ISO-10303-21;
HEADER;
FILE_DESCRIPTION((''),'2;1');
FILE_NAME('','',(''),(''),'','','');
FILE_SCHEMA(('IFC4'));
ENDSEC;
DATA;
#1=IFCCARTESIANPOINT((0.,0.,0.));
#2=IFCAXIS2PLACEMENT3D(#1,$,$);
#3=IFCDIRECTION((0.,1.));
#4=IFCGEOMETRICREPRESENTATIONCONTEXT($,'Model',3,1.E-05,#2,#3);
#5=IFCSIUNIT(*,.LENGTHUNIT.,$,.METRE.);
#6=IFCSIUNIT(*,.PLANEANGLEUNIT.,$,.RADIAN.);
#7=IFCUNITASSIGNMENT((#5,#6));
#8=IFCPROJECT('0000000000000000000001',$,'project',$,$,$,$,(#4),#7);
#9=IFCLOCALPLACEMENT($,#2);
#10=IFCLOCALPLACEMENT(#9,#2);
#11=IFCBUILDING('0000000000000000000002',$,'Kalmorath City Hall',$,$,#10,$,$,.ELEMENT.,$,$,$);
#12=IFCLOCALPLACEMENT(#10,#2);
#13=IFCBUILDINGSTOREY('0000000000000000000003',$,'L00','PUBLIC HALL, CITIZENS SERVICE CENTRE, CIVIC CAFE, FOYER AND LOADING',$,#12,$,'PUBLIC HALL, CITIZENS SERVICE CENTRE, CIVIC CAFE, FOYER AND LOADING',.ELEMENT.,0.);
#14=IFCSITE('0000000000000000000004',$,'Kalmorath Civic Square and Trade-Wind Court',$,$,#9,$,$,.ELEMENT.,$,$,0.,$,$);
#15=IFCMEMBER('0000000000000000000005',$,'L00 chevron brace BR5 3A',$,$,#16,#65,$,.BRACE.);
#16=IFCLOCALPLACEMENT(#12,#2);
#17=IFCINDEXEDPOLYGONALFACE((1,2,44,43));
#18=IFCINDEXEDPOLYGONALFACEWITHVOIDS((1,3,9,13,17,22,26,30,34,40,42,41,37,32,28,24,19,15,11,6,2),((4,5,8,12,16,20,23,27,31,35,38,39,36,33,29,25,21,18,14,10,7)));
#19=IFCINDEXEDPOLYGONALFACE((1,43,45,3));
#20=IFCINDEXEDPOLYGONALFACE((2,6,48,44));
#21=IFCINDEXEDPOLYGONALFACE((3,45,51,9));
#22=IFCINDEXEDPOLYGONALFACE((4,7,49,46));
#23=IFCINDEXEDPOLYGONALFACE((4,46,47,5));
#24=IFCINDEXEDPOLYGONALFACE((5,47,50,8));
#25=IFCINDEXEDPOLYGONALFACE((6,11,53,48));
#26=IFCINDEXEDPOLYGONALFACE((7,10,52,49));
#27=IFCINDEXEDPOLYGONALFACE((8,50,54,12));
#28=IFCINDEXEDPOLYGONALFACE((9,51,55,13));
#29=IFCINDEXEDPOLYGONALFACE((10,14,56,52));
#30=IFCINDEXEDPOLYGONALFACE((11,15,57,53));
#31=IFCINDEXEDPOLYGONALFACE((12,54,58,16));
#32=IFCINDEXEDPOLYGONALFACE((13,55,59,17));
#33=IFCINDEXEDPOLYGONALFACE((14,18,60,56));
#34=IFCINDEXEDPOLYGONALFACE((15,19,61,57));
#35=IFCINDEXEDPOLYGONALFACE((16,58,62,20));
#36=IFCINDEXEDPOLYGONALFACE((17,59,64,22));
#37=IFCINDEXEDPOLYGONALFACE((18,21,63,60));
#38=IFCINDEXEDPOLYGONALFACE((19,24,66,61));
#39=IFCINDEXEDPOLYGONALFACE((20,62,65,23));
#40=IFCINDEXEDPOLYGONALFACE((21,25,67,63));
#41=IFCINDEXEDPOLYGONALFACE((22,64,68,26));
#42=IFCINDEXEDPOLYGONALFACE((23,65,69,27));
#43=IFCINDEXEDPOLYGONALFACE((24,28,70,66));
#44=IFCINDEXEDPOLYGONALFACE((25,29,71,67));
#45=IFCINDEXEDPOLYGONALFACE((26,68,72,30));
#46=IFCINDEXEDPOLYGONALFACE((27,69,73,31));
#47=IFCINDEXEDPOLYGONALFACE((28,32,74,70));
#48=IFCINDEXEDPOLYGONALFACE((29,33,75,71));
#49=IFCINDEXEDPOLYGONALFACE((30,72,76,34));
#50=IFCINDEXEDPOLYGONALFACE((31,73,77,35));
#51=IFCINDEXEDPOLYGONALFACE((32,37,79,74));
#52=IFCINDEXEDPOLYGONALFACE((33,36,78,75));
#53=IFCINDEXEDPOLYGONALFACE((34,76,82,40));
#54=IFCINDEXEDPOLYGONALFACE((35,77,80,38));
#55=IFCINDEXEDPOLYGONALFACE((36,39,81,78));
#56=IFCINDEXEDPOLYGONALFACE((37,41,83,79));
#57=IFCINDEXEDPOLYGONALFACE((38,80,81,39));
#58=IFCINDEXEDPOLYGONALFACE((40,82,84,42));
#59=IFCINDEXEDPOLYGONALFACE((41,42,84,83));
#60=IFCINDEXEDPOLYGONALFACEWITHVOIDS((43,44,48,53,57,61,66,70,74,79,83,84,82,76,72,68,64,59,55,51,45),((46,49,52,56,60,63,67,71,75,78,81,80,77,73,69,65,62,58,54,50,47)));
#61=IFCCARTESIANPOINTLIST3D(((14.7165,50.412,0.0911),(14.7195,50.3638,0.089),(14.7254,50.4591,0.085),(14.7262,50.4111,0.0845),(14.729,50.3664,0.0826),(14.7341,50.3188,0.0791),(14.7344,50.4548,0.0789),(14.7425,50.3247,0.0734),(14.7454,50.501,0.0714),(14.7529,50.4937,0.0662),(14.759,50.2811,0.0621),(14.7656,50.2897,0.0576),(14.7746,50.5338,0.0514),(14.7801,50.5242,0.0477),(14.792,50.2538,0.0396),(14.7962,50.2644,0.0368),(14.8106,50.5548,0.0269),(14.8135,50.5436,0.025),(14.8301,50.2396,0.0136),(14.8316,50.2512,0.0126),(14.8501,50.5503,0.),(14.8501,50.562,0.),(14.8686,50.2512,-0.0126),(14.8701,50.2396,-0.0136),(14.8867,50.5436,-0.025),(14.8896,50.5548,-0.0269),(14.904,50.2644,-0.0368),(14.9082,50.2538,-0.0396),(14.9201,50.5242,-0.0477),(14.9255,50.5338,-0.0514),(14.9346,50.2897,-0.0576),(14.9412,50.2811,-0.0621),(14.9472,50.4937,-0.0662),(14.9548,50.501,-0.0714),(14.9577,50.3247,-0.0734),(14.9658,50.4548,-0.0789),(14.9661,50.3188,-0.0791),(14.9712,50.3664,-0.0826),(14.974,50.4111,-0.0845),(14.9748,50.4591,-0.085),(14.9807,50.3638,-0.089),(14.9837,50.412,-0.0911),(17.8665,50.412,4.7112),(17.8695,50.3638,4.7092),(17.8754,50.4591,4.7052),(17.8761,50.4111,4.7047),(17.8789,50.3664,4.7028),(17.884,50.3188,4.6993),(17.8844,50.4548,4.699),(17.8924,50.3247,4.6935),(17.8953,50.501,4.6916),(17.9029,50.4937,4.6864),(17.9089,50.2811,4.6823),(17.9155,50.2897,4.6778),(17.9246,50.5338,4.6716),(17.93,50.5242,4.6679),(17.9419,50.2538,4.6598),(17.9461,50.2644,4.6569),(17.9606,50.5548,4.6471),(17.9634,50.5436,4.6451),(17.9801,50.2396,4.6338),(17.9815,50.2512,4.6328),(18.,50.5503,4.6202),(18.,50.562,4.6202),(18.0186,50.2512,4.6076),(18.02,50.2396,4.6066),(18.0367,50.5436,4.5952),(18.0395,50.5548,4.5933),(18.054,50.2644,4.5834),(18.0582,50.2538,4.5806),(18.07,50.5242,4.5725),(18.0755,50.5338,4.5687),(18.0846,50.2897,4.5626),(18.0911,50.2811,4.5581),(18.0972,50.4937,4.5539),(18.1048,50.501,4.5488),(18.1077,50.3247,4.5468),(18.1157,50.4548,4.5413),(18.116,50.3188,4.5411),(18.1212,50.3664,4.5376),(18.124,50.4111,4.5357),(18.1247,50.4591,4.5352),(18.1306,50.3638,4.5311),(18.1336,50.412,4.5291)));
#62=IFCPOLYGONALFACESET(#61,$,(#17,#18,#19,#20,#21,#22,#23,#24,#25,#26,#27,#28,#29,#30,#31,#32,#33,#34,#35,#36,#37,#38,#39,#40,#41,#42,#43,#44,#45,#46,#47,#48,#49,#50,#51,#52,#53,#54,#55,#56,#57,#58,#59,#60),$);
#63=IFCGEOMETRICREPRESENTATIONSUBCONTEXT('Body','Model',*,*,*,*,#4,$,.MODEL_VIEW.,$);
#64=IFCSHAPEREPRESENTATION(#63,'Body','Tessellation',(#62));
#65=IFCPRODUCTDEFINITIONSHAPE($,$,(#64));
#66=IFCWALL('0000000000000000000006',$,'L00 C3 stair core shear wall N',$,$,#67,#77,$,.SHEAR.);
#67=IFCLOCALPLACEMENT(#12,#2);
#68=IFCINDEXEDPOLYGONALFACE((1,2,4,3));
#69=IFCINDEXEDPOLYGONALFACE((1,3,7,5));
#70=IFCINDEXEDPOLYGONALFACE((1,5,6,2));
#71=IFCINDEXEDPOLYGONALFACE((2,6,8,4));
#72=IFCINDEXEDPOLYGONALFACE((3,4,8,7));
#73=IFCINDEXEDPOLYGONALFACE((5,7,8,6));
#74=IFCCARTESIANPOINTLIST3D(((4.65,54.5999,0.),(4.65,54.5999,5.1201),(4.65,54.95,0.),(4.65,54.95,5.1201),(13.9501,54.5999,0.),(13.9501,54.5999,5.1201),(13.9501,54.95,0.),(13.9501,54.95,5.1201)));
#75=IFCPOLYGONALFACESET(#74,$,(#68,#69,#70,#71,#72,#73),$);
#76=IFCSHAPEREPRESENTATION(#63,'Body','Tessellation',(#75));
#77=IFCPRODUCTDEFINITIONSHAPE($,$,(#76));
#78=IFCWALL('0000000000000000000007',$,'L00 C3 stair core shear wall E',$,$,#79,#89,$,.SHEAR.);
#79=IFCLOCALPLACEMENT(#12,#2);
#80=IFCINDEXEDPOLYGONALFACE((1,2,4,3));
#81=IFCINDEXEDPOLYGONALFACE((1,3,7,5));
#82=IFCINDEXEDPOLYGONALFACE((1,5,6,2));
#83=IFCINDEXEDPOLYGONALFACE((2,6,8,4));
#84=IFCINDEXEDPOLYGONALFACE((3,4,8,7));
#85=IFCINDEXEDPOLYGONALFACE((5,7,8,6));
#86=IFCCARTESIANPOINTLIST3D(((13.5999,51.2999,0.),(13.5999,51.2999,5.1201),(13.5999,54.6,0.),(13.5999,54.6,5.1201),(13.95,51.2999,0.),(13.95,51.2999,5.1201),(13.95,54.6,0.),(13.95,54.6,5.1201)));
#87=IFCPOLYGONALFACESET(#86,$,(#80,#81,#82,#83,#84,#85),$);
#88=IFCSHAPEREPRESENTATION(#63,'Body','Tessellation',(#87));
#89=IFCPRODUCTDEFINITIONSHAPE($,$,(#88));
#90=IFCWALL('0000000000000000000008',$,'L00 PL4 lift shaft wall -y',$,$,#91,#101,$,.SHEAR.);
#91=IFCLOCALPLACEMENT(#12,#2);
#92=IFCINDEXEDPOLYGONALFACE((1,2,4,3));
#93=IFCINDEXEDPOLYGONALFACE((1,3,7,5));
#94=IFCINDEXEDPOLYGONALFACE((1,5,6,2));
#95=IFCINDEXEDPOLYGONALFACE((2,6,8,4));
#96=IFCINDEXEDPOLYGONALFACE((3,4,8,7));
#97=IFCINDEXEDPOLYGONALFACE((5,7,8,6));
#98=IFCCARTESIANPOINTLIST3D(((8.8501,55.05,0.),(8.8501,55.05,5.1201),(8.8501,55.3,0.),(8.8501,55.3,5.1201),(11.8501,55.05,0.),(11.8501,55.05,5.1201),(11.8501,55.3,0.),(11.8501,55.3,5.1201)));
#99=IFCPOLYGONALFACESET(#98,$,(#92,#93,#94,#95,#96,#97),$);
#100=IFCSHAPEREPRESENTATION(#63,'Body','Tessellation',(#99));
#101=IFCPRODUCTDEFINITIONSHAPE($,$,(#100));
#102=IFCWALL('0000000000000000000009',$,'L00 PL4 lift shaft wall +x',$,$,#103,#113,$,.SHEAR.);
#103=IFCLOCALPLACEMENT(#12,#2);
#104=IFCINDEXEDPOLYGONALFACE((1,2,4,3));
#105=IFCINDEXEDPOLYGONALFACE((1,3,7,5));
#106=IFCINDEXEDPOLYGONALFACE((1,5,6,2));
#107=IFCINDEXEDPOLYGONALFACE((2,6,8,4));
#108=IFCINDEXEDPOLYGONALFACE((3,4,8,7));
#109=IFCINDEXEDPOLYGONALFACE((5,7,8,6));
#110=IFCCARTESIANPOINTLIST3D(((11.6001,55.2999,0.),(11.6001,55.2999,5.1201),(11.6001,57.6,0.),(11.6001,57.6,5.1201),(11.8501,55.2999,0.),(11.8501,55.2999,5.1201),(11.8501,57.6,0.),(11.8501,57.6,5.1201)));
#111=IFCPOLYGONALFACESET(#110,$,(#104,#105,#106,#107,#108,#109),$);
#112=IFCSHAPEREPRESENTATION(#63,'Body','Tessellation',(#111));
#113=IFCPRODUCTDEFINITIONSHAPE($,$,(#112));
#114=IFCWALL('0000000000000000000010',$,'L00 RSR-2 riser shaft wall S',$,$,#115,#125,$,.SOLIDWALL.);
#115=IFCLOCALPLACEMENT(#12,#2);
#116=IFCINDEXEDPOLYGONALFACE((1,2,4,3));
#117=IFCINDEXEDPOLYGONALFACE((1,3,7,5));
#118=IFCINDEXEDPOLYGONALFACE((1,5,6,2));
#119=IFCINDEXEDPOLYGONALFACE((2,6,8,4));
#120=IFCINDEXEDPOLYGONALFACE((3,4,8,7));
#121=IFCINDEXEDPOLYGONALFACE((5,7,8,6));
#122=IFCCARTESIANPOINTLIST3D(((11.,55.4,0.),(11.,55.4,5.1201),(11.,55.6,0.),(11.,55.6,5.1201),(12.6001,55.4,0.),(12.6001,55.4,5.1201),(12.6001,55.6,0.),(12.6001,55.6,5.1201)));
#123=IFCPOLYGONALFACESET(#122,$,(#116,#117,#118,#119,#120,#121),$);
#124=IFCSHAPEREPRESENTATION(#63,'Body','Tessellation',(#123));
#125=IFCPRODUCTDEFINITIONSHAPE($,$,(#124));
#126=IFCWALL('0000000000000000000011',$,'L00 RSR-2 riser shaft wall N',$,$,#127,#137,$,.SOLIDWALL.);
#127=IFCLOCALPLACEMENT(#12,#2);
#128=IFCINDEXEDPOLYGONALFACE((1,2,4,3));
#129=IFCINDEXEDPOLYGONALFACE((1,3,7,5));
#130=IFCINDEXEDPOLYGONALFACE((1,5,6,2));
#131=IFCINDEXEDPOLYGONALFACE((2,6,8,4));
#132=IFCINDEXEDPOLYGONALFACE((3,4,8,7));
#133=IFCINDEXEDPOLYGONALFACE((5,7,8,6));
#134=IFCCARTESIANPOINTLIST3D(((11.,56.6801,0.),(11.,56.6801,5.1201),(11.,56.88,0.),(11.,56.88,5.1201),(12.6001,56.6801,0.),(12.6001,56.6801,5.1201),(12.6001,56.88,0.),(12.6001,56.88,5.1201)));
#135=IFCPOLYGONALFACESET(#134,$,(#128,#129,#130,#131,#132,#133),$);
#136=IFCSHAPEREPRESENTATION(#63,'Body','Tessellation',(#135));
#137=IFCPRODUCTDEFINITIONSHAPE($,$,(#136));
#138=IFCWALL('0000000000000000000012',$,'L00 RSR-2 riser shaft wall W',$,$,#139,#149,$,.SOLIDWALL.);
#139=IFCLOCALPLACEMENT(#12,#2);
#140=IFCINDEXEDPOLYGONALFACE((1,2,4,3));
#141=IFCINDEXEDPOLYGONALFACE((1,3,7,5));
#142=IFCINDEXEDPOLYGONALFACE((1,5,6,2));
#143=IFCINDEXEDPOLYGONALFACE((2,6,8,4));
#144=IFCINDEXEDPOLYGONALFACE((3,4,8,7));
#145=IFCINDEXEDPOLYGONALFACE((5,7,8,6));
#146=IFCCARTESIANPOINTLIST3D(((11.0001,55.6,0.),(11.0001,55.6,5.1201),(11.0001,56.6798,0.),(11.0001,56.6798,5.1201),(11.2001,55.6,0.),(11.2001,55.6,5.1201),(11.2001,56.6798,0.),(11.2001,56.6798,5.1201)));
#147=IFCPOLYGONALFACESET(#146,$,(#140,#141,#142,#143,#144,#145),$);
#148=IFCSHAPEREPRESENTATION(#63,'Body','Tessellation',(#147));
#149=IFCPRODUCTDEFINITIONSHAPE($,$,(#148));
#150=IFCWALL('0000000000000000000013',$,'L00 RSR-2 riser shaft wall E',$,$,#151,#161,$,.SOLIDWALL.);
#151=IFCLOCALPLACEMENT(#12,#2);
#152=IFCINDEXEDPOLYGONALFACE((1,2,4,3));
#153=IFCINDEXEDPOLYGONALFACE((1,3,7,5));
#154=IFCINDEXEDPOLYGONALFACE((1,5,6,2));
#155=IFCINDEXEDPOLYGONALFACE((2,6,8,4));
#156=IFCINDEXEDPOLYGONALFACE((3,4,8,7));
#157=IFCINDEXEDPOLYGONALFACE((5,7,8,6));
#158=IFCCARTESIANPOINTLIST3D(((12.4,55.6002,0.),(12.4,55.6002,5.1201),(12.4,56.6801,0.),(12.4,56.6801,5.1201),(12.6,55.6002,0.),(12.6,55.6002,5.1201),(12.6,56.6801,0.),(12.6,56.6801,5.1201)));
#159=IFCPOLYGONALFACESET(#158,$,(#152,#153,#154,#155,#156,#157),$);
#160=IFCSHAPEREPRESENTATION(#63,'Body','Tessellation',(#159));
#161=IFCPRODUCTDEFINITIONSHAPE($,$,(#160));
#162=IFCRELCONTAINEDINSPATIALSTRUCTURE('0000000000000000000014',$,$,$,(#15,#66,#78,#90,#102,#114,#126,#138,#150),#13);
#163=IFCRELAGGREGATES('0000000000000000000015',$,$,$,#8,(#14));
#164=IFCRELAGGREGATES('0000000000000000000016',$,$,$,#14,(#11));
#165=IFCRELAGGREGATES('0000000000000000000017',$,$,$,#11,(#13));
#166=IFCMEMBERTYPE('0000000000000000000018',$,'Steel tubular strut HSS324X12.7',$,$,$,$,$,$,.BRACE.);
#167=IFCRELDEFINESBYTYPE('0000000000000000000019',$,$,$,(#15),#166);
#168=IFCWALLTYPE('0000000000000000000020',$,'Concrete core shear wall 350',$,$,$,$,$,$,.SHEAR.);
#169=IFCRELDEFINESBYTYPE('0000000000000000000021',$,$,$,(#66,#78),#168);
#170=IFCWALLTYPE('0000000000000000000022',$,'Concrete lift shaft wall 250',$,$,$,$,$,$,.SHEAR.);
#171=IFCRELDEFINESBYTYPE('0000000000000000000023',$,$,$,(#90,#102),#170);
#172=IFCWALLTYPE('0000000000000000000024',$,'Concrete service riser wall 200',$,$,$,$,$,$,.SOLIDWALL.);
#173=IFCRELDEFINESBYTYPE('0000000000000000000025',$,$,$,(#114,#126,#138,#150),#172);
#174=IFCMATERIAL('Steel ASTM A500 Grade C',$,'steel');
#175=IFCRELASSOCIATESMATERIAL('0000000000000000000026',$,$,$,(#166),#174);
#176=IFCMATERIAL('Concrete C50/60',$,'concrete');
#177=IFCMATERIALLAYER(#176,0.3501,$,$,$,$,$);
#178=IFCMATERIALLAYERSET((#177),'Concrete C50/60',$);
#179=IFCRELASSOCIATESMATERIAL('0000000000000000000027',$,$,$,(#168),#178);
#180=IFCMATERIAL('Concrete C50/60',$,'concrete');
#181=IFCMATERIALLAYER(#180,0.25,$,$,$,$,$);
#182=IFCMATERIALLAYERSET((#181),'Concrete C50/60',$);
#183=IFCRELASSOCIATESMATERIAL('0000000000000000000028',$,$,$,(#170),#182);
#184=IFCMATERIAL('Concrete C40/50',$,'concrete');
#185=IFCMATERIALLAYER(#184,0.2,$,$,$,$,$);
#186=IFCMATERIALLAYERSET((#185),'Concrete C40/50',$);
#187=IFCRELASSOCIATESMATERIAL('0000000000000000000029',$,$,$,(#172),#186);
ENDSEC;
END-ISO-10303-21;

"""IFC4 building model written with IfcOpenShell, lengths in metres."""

from ifc_helpers import new_model, si_unit, direction, frame, frame_2d, origin, origin_2d, place, context, subcontext, project, spatial, rectangle, hollow_circle, extrude, material, layer, layer_set, material_profile, profile_set, type_object, element, save


model = new_model("IFC4")

# Units and contexts
model_context = context("Model", 3, precision=1e-05, world=origin(), true_north=direction((0.0, 1.0)))
body_context = subcontext(model_context, "Body", "Model", "MODEL_VIEW")
ifc_project = project(units=[si_unit("LENGTHUNIT", "METRE"), si_unit("PLANEANGLEUNIT", "RADIAN")], contexts=[model_context])

# Site, building, storey
site_placement = place(None, origin())
site = spatial("IfcSite", under=ifc_project, at=site_placement, Name="Kalmorath Civic Square and Trade-Wind Court", CompositionType="ELEMENT", RefElevation=0.0)
building_placement = place(site_placement, origin())
building = spatial("IfcBuilding", under=site, at=building_placement, Name="Kalmorath City Hall", CompositionType="ELEMENT")
storey_placement = place(building_placement, origin())
storey = spatial("IfcBuildingStorey", under=building, at=storey_placement, Name="L00", Description="PUBLIC HALL, CITIZENS SERVICE CENTRE, CIVIC CAFE, FOYER AND LOADING", LongName="PUBLIC HALL, CITIZENS SERVICE CENTRE, CIVIC CAFE, FOYER AND LOADING", CompositionType="ELEMENT", Elevation=0.0)

# Member
ifc_material_1 = material(Name="Steel ASTM A500 Grade C", Category="steel")
ifc_material_profile_1 = material_profile(ifc_material_1, hollow_circle(Radius=0.1621, WallThickness=0.0117, at=origin_2d()), Name="HSS324X12.7")
ifc_profile_set_1 = profile_set([ifc_material_profile_1], Name="Steel ASTM A500 Grade C")
member_type = type_object("IfcMemberType", Name="Steel tubular strut HSS324X12.7", PredefinedType="BRACE", material=ifc_profile_set_1)
member_placement = place(storey_placement, frame((14.8501, 50.3999, 0.0), z_axis=(0.563315, 0.0, 0.826242), x_axis=(0.0, 1.0, 0.0)))
element("IfcMember", 1, at=member_placement, inside=storey, type_object=member_type, Name="L00 chevron brace BR5 3A", PredefinedType="BRACE", context=body_context, shape_type="SweptSolid", body=[
    extrude(hollow_circle(Radius=0.1621, WallThickness=0.0117, at=origin_2d()), origin(), (0.0, 0.0, 1.0), 5.5918),
])

# Walls
ifc_material_2 = material(Name="Concrete C50/60", Category="concrete")
ifc_layer_1 = layer(ifc_material_2, 0.3501)
ifc_layer_set_1 = layer_set([ifc_layer_1], Name="Concrete C50/60")
wall_type_1 = type_object("IfcWallType", Name="Concrete core shear wall 350", PredefinedType="SHEAR", material=ifc_layer_set_1)
wall_1_placement = place(storey_placement, frame((13.95, 54.7749, 0.0), z_axis=(0.0, 0.0, 1.0), x_axis=(-1.0, 0.0, 0.0)))
element("IfcWall", 2, at=wall_1_placement, inside=storey, type_object=wall_type_1, Name="L00 C3 stair core shear wall N", PredefinedType="SHEAR", context=body_context, shape_type="SweptSolid", body=[
    extrude(rectangle(XDim=9.3, YDim=0.3501, at=frame_2d((4.6499, 0.0))), origin(), (0.0, 0.0, 1.0), 5.1201),
])
wall_2_placement = place(storey_placement, frame((13.7749, 51.3, 0.0), z_axis=(0.0, 0.0, 1.0), x_axis=(0.0, 1.0, 0.0)))
element("IfcWall", 3, at=wall_2_placement, inside=storey, type_object=wall_type_1, Name="L00 C3 stair core shear wall E", PredefinedType="SHEAR", context=body_context, shape_type="SweptSolid", body=[
    extrude(rectangle(XDim=3.3, YDim=0.3501, at=frame_2d((1.6499, 0.0))), origin(), (0.0, 0.0, 1.0), 5.1201),
])
ifc_material_3 = material(Name="Concrete C50/60", Category="concrete")
ifc_layer_2 = layer(ifc_material_3, 0.25)
ifc_layer_set_2 = layer_set([ifc_layer_2], Name="Concrete C50/60")
wall_type_2 = type_object("IfcWallType", Name="Concrete lift shaft wall 250", PredefinedType="SHEAR", material=ifc_layer_set_2)
wall_3_placement = place(storey_placement, frame((8.8501, 55.175, 0.0), z_axis=(0.0, 0.0, 1.0), x_axis=(1.0, 0.0, 0.0)))
element("IfcWall", 4, at=wall_3_placement, inside=storey, type_object=wall_type_2, Name="L00 PL4 lift shaft wall -y", PredefinedType="SHEAR", context=body_context, shape_type="SweptSolid", body=[
    extrude(rectangle(XDim=3.0, YDim=0.25, at=frame_2d((1.5, 0.0))), origin(), (0.0, 0.0, 1.0), 5.1201),
])
wall_4_placement = place(storey_placement, frame((11.7251, 55.3, 0.0), z_axis=(0.0, 0.0, 1.0), x_axis=(0.0, 1.0, 0.0)))
element("IfcWall", 5, at=wall_4_placement, inside=storey, type_object=wall_type_2, Name="L00 PL4 lift shaft wall +x", PredefinedType="SHEAR", context=body_context, shape_type="SweptSolid", body=[
    extrude(rectangle(XDim=2.3, YDim=0.25, at=frame_2d((1.1499, 0.0))), origin(), (0.0, 0.0, 1.0), 5.1201),
])
ifc_material_4 = material(Name="Concrete C40/50", Category="concrete")
ifc_layer_3 = layer(ifc_material_4, 0.2)
ifc_layer_set_3 = layer_set([ifc_layer_3], Name="Concrete C40/50")
wall_type_3 = type_object("IfcWallType", Name="Concrete service riser wall 200", PredefinedType="SOLIDWALL", material=ifc_layer_set_3)
for number, where, z_axis, x_axis, name in (
    (6, (11.0, 55.5, 0.0), (0.0, 0.0, 1.0), (1.0, 0.0, 0.0), "L00 RSR-2 riser shaft wall S"),
    (7, (12.6001, 56.78, 0.0), (0.0, 0.0, 1.0), (-1.0, 0.0, 0.0), "L00 RSR-2 riser shaft wall N"),
):
    element("IfcWall", number, at=place(storey_placement, frame(where, z_axis=z_axis, x_axis=x_axis)), inside=storey, type_object=wall_type_3, Name=name, PredefinedType="SOLIDWALL", context=body_context, shape_type="SweptSolid", body=[
        extrude(rectangle(XDim=1.6001, YDim=0.2, at=frame_2d((0.8, 0.0))), origin(), (0.0, 0.0, 1.0), 5.1201),
    ])
for number, where, z_axis, x_axis, name in (
    (8, (11.1001, 56.6799, 0.0), (0.0, 0.0, 1.0), (0.0, -1.0, 0.0), "L00 RSR-2 riser shaft wall W"),
    (9, (12.5, 55.6001, 0.0), (0.0, 0.0, 1.0), (0.0, 1.0, 0.0), "L00 RSR-2 riser shaft wall E"),
):
    element("IfcWall", number, at=place(storey_placement, frame(where, z_axis=z_axis, x_axis=x_axis)), inside=storey, type_object=wall_type_3, Name=name, PredefinedType="SOLIDWALL", context=body_context, shape_type="SweptSolid", body=[
        extrude(rectangle(XDim=1.0798, YDim=0.2, at=frame_2d((0.54, 0.0))), origin(), (0.0, 0.0, 1.0), 5.1201),
    ])

save(model, "model.ifc")
